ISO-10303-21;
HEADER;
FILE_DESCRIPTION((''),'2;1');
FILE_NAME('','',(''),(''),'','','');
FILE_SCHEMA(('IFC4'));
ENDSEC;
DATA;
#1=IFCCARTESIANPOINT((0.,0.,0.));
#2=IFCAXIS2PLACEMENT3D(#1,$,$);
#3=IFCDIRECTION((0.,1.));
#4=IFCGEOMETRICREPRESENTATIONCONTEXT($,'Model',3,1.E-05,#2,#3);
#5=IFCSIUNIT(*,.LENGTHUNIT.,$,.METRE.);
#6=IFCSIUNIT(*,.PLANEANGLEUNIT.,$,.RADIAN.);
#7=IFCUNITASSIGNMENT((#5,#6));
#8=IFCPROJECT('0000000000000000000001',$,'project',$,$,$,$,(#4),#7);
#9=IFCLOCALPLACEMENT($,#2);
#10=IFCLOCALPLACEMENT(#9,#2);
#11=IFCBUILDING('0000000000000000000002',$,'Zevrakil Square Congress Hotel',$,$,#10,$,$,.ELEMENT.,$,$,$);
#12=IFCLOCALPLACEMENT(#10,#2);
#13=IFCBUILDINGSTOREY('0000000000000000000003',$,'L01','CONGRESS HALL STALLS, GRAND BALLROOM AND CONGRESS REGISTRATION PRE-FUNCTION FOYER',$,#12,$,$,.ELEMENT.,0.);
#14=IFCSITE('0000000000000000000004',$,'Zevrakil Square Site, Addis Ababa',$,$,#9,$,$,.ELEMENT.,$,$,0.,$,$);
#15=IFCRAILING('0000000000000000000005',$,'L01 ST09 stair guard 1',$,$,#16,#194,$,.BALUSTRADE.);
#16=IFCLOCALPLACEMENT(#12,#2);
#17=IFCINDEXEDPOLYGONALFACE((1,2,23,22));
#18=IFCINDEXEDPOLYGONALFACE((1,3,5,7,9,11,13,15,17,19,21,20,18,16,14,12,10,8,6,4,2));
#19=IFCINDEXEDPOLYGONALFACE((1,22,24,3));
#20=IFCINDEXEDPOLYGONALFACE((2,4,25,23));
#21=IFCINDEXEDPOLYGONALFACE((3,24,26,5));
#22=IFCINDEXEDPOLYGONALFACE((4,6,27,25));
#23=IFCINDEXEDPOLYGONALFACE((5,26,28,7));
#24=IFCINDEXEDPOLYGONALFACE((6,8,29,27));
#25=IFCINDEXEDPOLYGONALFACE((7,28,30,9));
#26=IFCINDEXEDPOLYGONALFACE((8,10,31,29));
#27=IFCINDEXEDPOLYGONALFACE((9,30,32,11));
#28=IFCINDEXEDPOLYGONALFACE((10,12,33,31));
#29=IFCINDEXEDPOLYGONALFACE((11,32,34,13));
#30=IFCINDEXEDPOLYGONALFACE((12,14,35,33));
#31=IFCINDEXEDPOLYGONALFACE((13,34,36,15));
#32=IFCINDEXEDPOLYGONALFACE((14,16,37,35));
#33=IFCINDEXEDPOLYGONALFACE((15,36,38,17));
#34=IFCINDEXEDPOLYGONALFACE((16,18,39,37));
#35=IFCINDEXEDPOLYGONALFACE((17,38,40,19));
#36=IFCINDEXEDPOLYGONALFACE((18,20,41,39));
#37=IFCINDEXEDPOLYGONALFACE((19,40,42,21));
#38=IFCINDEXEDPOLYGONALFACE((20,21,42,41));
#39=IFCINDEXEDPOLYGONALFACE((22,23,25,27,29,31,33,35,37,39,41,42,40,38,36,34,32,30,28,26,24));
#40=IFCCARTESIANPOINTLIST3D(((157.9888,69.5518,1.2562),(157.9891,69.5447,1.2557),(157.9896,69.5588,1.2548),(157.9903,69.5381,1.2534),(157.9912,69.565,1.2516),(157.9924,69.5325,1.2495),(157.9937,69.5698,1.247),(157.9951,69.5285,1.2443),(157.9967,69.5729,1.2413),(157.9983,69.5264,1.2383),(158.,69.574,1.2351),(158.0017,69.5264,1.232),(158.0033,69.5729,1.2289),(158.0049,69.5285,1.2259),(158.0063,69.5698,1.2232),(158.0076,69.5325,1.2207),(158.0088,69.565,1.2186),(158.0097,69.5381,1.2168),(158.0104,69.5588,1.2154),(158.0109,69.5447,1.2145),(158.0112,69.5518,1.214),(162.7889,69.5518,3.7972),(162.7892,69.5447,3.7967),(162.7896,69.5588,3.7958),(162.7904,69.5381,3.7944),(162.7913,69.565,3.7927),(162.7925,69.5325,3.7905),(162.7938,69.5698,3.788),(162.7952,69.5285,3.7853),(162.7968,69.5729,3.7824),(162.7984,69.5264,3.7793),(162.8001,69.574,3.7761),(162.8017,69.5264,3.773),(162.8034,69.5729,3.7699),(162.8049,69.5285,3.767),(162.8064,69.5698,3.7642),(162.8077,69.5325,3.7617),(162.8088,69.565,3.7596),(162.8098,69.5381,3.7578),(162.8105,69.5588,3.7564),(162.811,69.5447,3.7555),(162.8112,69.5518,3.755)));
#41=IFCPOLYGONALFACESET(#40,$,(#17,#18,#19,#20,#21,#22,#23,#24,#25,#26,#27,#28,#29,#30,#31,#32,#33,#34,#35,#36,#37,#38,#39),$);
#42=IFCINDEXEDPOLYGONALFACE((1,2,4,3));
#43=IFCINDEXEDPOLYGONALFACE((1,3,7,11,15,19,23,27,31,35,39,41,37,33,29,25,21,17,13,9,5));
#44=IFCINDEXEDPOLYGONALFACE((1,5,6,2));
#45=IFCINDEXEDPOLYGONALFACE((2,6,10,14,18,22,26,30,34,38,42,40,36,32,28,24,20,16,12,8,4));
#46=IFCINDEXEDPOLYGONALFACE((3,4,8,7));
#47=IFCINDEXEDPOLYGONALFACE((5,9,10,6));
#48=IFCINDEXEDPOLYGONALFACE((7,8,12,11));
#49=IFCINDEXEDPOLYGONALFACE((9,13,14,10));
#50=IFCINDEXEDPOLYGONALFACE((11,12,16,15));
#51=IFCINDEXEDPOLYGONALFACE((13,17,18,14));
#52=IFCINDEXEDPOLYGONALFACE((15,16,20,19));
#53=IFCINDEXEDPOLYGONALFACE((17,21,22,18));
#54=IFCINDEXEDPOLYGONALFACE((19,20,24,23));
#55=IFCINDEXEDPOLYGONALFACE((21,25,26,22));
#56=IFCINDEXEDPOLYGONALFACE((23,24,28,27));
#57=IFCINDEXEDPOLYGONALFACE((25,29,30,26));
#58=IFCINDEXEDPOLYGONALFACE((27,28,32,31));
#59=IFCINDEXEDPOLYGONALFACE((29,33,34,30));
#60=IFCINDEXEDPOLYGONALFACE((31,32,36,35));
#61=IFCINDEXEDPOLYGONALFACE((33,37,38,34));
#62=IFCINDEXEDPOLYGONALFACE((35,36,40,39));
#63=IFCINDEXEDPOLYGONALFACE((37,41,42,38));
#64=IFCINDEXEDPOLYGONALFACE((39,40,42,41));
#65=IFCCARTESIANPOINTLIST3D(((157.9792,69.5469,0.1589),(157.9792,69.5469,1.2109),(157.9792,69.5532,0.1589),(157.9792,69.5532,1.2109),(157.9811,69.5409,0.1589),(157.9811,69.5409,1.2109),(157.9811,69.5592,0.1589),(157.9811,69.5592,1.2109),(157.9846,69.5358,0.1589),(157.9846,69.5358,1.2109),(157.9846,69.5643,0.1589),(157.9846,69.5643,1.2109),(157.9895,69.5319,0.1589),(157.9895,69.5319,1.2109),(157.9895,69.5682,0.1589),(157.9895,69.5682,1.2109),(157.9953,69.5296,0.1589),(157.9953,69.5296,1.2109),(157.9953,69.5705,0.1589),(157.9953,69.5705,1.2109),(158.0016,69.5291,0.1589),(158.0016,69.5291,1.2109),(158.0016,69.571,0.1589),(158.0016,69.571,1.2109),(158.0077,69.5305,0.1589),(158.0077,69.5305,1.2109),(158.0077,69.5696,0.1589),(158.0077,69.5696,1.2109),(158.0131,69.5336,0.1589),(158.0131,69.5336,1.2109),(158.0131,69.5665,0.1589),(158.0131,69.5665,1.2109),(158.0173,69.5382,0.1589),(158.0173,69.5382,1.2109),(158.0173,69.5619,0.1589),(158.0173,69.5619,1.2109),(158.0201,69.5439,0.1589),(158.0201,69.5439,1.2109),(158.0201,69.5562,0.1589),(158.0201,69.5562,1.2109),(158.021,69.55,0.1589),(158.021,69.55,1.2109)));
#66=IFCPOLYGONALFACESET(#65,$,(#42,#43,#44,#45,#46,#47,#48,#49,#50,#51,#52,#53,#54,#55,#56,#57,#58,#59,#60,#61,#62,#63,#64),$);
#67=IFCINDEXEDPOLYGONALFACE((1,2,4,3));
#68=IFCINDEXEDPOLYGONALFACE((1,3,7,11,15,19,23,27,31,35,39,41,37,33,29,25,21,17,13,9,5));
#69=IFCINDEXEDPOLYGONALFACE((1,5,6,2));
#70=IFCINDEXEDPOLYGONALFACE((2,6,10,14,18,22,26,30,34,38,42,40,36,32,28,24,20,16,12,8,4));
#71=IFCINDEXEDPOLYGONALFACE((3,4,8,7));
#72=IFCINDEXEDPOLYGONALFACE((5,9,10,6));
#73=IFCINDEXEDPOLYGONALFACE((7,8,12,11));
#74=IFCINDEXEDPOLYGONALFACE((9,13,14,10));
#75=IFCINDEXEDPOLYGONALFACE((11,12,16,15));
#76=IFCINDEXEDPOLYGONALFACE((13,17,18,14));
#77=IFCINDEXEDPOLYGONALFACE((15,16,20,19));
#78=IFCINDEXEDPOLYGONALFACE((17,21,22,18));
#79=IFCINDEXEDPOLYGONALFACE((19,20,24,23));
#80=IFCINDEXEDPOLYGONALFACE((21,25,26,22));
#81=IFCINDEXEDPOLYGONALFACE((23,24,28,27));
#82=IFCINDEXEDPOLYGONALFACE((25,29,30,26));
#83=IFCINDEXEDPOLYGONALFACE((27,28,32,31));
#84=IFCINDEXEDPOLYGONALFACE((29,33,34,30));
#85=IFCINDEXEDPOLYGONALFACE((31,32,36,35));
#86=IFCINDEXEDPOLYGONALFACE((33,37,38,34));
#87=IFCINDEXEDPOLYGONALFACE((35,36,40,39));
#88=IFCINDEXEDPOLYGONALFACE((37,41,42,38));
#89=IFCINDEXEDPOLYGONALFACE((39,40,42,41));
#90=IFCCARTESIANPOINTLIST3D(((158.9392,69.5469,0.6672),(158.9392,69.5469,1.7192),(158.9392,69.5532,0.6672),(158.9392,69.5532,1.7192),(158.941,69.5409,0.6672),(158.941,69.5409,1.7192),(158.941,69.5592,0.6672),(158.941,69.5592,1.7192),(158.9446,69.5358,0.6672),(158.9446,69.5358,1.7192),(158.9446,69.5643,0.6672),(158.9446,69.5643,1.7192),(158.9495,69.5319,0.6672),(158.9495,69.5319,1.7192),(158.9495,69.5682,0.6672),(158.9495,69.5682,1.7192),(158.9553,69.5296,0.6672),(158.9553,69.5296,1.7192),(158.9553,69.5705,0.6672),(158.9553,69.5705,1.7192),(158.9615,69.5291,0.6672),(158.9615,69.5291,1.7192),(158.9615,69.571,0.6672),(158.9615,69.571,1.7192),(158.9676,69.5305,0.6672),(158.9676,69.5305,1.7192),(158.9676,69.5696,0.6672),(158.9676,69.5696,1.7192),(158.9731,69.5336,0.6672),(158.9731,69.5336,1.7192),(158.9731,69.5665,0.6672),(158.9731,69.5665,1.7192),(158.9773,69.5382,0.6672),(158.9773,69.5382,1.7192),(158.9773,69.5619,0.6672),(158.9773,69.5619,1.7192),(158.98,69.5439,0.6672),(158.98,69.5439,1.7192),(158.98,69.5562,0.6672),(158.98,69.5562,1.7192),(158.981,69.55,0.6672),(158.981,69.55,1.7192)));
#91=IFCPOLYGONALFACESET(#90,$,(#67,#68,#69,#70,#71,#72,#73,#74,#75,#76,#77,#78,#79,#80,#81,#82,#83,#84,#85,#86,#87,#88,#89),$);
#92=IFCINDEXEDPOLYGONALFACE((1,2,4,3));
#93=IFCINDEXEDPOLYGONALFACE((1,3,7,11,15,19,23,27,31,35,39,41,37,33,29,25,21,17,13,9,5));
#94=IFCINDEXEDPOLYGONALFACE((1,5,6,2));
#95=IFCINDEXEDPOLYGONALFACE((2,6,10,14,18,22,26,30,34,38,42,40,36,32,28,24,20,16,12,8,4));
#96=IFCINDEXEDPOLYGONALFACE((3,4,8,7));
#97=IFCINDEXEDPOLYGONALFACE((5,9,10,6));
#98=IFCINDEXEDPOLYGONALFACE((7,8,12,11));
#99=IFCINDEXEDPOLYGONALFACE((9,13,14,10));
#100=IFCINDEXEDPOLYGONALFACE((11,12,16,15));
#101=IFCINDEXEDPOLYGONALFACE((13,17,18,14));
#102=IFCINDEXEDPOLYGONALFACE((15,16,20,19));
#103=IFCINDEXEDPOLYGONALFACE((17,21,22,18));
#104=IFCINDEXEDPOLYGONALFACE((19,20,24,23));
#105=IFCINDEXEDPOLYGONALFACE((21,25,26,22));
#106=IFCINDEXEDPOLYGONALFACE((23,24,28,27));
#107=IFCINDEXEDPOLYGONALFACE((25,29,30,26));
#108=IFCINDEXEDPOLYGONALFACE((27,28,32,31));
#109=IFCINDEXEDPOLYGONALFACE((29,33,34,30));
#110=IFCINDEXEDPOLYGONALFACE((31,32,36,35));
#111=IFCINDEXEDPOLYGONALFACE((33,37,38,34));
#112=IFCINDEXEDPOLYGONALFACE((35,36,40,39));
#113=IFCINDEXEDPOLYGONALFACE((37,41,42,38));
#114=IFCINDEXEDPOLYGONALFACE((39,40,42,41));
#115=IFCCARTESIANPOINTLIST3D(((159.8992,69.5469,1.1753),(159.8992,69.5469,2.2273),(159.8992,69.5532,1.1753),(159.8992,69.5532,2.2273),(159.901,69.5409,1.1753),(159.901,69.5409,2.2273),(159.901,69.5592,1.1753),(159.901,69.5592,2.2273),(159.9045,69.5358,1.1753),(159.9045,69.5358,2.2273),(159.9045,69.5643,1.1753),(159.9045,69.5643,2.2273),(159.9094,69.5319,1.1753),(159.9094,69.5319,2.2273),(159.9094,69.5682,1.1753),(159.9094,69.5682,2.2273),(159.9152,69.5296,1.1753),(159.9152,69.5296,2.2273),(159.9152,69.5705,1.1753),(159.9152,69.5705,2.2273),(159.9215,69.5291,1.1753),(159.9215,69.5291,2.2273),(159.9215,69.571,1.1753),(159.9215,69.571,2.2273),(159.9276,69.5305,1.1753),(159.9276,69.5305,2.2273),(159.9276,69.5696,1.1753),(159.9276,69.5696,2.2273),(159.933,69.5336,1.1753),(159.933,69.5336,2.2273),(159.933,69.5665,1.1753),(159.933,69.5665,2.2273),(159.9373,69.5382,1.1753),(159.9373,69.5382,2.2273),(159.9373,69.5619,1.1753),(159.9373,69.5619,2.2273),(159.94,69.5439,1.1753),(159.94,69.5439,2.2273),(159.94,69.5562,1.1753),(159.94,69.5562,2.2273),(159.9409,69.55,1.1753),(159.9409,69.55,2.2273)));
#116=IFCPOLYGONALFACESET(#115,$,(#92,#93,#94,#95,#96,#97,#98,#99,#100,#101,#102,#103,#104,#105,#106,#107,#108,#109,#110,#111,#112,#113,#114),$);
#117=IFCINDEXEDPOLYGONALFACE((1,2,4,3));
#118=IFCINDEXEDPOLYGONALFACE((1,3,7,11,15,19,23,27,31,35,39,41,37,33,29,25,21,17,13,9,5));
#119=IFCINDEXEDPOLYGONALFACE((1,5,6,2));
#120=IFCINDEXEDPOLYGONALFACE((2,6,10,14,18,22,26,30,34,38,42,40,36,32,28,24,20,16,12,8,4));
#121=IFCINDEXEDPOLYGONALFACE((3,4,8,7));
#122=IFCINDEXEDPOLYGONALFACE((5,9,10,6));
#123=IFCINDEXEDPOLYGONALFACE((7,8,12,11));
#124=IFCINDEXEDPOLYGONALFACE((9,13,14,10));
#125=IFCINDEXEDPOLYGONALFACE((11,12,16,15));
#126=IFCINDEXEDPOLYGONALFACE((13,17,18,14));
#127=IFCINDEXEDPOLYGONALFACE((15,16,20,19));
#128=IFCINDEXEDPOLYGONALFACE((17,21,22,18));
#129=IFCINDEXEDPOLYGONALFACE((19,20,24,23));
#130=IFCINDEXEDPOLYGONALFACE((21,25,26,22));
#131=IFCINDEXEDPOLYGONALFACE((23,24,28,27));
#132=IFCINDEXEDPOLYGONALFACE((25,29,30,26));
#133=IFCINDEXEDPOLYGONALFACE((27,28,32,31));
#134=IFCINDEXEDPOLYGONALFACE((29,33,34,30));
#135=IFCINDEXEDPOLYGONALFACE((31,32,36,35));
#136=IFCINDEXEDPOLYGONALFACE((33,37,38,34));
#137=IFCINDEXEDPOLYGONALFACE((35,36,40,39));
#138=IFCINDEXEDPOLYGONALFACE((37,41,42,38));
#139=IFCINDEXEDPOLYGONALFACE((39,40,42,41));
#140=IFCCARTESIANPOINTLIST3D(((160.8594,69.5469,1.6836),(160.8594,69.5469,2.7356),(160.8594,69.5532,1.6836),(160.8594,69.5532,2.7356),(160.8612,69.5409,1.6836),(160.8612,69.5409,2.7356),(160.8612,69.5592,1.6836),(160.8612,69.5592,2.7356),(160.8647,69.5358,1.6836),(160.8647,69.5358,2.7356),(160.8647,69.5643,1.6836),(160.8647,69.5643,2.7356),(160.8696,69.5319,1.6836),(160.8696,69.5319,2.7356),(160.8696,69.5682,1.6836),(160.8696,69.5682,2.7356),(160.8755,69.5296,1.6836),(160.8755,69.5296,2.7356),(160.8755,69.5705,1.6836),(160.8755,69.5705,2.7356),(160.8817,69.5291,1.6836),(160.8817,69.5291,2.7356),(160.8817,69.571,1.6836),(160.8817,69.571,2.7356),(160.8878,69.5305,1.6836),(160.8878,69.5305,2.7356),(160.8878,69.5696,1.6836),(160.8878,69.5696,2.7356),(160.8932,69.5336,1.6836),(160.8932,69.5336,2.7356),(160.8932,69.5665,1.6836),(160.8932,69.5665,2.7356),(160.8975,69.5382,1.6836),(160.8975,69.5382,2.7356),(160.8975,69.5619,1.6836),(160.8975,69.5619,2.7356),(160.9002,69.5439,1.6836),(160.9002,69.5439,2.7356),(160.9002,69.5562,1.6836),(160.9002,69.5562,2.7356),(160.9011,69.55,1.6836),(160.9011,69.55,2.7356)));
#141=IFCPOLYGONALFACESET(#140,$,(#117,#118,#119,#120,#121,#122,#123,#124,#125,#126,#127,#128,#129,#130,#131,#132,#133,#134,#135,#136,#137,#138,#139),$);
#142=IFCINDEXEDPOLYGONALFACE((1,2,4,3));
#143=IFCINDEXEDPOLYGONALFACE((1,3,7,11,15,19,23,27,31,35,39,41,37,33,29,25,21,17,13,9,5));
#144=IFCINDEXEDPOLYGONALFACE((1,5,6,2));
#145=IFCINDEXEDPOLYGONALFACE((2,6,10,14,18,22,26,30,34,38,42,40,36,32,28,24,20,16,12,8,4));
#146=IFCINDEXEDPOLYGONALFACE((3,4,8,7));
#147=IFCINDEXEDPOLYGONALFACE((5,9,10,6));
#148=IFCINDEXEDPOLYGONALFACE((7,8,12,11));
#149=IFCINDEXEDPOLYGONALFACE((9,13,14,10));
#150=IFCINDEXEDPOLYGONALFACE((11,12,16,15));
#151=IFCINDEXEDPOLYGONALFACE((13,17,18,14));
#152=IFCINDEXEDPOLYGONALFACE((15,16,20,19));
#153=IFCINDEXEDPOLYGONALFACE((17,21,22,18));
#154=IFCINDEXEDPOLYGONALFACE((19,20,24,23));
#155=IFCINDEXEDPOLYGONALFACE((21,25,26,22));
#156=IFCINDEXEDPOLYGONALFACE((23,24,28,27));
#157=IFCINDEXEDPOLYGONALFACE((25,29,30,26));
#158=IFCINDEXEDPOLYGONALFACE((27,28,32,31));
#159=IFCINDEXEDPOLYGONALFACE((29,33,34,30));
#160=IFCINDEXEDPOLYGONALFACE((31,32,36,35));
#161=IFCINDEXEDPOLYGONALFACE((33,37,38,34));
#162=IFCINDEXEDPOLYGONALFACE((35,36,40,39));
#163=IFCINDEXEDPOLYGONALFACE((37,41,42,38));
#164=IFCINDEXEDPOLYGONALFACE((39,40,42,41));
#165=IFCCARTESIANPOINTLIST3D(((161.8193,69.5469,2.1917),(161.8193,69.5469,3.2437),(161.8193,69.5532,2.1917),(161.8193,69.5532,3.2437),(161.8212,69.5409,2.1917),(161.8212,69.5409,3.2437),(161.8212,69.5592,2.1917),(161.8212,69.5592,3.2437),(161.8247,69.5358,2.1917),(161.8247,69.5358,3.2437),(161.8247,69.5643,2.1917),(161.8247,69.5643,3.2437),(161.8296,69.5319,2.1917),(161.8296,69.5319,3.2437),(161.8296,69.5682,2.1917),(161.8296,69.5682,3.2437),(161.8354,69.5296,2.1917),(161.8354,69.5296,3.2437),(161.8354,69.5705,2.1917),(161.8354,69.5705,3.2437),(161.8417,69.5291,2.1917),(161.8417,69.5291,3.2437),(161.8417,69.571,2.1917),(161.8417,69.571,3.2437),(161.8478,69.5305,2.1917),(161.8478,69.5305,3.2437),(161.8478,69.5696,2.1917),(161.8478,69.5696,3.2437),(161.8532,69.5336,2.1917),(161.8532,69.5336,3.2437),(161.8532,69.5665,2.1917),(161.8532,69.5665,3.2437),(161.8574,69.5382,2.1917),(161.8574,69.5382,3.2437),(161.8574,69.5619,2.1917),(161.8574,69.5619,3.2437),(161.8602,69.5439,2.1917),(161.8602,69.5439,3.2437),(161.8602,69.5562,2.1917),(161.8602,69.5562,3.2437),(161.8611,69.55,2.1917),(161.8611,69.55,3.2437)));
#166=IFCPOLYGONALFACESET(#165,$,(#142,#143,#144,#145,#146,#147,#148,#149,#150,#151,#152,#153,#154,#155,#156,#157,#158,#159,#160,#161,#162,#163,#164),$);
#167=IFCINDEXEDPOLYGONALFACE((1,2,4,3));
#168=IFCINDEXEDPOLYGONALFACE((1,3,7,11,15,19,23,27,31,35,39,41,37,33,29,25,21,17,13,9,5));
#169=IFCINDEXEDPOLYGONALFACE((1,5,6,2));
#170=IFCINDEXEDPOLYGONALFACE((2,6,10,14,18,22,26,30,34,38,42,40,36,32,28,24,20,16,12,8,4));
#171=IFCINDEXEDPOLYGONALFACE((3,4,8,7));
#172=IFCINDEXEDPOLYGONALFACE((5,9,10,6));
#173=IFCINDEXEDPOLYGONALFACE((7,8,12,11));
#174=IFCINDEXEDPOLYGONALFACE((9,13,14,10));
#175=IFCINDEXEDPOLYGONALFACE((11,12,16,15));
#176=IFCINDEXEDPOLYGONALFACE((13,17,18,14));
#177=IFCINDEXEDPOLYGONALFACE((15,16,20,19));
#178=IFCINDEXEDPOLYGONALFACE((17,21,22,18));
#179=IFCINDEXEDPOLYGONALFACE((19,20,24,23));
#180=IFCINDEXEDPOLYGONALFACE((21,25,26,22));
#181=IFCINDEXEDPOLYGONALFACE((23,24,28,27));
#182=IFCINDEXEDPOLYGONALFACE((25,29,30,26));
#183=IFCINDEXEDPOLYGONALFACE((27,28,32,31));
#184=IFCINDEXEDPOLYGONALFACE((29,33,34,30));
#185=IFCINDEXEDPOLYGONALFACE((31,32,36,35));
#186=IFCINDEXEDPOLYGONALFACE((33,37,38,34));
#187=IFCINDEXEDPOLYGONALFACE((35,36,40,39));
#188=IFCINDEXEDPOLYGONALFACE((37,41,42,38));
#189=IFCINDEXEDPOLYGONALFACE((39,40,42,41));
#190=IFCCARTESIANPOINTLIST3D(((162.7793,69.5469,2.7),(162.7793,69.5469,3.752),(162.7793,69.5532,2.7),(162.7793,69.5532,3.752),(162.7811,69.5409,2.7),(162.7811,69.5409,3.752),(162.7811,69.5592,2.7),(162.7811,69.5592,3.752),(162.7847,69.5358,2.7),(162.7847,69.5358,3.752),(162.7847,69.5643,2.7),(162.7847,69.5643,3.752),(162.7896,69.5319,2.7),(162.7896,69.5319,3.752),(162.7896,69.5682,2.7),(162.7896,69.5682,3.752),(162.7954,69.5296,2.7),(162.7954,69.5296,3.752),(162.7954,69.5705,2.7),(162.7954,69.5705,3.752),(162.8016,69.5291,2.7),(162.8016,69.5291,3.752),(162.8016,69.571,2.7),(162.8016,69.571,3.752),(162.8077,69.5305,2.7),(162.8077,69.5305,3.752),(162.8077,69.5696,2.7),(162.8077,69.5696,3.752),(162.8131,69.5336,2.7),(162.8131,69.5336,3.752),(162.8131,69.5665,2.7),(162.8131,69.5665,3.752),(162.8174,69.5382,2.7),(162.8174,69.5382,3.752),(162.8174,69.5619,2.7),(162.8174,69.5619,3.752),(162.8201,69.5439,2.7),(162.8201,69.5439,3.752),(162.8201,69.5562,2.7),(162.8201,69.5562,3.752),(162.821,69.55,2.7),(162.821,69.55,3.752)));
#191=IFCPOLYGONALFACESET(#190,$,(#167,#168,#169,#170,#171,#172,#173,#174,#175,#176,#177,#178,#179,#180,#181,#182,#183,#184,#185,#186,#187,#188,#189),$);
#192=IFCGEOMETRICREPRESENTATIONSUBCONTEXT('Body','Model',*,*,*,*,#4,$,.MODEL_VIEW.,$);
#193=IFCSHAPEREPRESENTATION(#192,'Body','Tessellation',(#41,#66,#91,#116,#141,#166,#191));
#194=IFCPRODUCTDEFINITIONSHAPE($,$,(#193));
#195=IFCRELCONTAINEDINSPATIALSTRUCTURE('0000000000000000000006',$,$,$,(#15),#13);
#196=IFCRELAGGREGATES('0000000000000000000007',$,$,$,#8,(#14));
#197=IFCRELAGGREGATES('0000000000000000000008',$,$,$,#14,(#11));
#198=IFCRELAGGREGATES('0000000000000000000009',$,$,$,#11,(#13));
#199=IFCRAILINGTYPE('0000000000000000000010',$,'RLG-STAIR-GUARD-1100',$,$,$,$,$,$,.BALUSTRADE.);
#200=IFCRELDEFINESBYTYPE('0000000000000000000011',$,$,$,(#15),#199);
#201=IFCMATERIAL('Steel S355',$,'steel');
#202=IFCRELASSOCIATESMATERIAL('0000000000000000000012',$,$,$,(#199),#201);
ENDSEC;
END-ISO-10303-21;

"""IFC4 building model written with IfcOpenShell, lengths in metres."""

from ifc_helpers import new_model, si_unit, direction, frame, origin, origin_2d, place, context, subcontext, project, spatial, circle, extrude, material, type_object, element, save


model = new_model("IFC4")

# Units and contexts
model_context = context("Model", 3, precision=1e-05, world=origin(), true_north=direction((0.0, 1.0)))
body_context = subcontext(model_context, "Body", "Model", "MODEL_VIEW")
ifc_project = project(units=[si_unit("LENGTHUNIT", "METRE"), si_unit("PLANEANGLEUNIT", "RADIAN")], contexts=[model_context])

# Site, building, storey
site_placement = place(None, origin())
site = spatial("IfcSite", under=ifc_project, at=site_placement, Name="Zevrakil Square Site, Addis Ababa", CompositionType="ELEMENT", RefElevation=0.0)
building_placement = place(site_placement, origin())
building = spatial("IfcBuilding", under=site, at=building_placement, Name="Zevrakil Square Congress Hotel", CompositionType="ELEMENT")
storey_placement = place(building_placement, origin())
storey = spatial("IfcBuildingStorey", under=building, at=storey_placement, Name="L01", Description="CONGRESS HALL STALLS, GRAND BALLROOM AND CONGRESS REGISTRATION PRE-FUNCTION FOYER", CompositionType="ELEMENT", Elevation=0.0)

# Railing
ifc_material_1 = material(Name="Steel S355", Category="steel")
railing_type_1 = type_object("IfcRailingType", Name="RLG-STAIR-GUARD-1100", PredefinedType="BALUSTRADE", material=ifc_material_1)
railing_1_placement = place(storey_placement, frame((158.0, 69.55, 0.1589)))
element("IfcRailing", 1, at=railing_1_placement, inside=storey, type_object=railing_type_1, Name="L01 ST09 stair guard 1", PredefinedType="BALUSTRADE", context=body_context, shape_type="SweptSolid", body=[
    extrude(circle(Radius=0.0239, at=origin_2d()), frame((0.0, 0.0, 1.0762), z_axis=(0.883802, 0.0, 0.467861), x_axis=(0.0, 1.0, 0.0)), (0.0, 0.0, 1.0), 5.4312),
    extrude(circle(Radius=0.021, at=origin_2d()), origin(), (0.0, 0.0, 1.0), 1.052),
    extrude(circle(Radius=0.021, at=origin_2d()), frame((0.96, 0.0, 0.5083)), (0.0, 0.0, 1.0), 1.052),
    extrude(circle(Radius=0.021, at=origin_2d()), frame((1.9199, 0.0, 1.0164)), (0.0, 0.0, 1.0), 1.052),
    extrude(circle(Radius=0.021, at=origin_2d()), frame((2.8801, 0.0, 1.5247)), (0.0, 0.0, 1.0), 1.052),
    extrude(circle(Radius=0.021, at=origin_2d()), frame((3.8401, 0.0, 2.0327)), (0.0, 0.0, 1.0), 1.052),
    extrude(circle(Radius=0.021, at=origin_2d()), frame((4.8, 0.0, 2.541)), (0.0, 0.0, 1.0), 1.052),
])

save(model, "model.ifc")
